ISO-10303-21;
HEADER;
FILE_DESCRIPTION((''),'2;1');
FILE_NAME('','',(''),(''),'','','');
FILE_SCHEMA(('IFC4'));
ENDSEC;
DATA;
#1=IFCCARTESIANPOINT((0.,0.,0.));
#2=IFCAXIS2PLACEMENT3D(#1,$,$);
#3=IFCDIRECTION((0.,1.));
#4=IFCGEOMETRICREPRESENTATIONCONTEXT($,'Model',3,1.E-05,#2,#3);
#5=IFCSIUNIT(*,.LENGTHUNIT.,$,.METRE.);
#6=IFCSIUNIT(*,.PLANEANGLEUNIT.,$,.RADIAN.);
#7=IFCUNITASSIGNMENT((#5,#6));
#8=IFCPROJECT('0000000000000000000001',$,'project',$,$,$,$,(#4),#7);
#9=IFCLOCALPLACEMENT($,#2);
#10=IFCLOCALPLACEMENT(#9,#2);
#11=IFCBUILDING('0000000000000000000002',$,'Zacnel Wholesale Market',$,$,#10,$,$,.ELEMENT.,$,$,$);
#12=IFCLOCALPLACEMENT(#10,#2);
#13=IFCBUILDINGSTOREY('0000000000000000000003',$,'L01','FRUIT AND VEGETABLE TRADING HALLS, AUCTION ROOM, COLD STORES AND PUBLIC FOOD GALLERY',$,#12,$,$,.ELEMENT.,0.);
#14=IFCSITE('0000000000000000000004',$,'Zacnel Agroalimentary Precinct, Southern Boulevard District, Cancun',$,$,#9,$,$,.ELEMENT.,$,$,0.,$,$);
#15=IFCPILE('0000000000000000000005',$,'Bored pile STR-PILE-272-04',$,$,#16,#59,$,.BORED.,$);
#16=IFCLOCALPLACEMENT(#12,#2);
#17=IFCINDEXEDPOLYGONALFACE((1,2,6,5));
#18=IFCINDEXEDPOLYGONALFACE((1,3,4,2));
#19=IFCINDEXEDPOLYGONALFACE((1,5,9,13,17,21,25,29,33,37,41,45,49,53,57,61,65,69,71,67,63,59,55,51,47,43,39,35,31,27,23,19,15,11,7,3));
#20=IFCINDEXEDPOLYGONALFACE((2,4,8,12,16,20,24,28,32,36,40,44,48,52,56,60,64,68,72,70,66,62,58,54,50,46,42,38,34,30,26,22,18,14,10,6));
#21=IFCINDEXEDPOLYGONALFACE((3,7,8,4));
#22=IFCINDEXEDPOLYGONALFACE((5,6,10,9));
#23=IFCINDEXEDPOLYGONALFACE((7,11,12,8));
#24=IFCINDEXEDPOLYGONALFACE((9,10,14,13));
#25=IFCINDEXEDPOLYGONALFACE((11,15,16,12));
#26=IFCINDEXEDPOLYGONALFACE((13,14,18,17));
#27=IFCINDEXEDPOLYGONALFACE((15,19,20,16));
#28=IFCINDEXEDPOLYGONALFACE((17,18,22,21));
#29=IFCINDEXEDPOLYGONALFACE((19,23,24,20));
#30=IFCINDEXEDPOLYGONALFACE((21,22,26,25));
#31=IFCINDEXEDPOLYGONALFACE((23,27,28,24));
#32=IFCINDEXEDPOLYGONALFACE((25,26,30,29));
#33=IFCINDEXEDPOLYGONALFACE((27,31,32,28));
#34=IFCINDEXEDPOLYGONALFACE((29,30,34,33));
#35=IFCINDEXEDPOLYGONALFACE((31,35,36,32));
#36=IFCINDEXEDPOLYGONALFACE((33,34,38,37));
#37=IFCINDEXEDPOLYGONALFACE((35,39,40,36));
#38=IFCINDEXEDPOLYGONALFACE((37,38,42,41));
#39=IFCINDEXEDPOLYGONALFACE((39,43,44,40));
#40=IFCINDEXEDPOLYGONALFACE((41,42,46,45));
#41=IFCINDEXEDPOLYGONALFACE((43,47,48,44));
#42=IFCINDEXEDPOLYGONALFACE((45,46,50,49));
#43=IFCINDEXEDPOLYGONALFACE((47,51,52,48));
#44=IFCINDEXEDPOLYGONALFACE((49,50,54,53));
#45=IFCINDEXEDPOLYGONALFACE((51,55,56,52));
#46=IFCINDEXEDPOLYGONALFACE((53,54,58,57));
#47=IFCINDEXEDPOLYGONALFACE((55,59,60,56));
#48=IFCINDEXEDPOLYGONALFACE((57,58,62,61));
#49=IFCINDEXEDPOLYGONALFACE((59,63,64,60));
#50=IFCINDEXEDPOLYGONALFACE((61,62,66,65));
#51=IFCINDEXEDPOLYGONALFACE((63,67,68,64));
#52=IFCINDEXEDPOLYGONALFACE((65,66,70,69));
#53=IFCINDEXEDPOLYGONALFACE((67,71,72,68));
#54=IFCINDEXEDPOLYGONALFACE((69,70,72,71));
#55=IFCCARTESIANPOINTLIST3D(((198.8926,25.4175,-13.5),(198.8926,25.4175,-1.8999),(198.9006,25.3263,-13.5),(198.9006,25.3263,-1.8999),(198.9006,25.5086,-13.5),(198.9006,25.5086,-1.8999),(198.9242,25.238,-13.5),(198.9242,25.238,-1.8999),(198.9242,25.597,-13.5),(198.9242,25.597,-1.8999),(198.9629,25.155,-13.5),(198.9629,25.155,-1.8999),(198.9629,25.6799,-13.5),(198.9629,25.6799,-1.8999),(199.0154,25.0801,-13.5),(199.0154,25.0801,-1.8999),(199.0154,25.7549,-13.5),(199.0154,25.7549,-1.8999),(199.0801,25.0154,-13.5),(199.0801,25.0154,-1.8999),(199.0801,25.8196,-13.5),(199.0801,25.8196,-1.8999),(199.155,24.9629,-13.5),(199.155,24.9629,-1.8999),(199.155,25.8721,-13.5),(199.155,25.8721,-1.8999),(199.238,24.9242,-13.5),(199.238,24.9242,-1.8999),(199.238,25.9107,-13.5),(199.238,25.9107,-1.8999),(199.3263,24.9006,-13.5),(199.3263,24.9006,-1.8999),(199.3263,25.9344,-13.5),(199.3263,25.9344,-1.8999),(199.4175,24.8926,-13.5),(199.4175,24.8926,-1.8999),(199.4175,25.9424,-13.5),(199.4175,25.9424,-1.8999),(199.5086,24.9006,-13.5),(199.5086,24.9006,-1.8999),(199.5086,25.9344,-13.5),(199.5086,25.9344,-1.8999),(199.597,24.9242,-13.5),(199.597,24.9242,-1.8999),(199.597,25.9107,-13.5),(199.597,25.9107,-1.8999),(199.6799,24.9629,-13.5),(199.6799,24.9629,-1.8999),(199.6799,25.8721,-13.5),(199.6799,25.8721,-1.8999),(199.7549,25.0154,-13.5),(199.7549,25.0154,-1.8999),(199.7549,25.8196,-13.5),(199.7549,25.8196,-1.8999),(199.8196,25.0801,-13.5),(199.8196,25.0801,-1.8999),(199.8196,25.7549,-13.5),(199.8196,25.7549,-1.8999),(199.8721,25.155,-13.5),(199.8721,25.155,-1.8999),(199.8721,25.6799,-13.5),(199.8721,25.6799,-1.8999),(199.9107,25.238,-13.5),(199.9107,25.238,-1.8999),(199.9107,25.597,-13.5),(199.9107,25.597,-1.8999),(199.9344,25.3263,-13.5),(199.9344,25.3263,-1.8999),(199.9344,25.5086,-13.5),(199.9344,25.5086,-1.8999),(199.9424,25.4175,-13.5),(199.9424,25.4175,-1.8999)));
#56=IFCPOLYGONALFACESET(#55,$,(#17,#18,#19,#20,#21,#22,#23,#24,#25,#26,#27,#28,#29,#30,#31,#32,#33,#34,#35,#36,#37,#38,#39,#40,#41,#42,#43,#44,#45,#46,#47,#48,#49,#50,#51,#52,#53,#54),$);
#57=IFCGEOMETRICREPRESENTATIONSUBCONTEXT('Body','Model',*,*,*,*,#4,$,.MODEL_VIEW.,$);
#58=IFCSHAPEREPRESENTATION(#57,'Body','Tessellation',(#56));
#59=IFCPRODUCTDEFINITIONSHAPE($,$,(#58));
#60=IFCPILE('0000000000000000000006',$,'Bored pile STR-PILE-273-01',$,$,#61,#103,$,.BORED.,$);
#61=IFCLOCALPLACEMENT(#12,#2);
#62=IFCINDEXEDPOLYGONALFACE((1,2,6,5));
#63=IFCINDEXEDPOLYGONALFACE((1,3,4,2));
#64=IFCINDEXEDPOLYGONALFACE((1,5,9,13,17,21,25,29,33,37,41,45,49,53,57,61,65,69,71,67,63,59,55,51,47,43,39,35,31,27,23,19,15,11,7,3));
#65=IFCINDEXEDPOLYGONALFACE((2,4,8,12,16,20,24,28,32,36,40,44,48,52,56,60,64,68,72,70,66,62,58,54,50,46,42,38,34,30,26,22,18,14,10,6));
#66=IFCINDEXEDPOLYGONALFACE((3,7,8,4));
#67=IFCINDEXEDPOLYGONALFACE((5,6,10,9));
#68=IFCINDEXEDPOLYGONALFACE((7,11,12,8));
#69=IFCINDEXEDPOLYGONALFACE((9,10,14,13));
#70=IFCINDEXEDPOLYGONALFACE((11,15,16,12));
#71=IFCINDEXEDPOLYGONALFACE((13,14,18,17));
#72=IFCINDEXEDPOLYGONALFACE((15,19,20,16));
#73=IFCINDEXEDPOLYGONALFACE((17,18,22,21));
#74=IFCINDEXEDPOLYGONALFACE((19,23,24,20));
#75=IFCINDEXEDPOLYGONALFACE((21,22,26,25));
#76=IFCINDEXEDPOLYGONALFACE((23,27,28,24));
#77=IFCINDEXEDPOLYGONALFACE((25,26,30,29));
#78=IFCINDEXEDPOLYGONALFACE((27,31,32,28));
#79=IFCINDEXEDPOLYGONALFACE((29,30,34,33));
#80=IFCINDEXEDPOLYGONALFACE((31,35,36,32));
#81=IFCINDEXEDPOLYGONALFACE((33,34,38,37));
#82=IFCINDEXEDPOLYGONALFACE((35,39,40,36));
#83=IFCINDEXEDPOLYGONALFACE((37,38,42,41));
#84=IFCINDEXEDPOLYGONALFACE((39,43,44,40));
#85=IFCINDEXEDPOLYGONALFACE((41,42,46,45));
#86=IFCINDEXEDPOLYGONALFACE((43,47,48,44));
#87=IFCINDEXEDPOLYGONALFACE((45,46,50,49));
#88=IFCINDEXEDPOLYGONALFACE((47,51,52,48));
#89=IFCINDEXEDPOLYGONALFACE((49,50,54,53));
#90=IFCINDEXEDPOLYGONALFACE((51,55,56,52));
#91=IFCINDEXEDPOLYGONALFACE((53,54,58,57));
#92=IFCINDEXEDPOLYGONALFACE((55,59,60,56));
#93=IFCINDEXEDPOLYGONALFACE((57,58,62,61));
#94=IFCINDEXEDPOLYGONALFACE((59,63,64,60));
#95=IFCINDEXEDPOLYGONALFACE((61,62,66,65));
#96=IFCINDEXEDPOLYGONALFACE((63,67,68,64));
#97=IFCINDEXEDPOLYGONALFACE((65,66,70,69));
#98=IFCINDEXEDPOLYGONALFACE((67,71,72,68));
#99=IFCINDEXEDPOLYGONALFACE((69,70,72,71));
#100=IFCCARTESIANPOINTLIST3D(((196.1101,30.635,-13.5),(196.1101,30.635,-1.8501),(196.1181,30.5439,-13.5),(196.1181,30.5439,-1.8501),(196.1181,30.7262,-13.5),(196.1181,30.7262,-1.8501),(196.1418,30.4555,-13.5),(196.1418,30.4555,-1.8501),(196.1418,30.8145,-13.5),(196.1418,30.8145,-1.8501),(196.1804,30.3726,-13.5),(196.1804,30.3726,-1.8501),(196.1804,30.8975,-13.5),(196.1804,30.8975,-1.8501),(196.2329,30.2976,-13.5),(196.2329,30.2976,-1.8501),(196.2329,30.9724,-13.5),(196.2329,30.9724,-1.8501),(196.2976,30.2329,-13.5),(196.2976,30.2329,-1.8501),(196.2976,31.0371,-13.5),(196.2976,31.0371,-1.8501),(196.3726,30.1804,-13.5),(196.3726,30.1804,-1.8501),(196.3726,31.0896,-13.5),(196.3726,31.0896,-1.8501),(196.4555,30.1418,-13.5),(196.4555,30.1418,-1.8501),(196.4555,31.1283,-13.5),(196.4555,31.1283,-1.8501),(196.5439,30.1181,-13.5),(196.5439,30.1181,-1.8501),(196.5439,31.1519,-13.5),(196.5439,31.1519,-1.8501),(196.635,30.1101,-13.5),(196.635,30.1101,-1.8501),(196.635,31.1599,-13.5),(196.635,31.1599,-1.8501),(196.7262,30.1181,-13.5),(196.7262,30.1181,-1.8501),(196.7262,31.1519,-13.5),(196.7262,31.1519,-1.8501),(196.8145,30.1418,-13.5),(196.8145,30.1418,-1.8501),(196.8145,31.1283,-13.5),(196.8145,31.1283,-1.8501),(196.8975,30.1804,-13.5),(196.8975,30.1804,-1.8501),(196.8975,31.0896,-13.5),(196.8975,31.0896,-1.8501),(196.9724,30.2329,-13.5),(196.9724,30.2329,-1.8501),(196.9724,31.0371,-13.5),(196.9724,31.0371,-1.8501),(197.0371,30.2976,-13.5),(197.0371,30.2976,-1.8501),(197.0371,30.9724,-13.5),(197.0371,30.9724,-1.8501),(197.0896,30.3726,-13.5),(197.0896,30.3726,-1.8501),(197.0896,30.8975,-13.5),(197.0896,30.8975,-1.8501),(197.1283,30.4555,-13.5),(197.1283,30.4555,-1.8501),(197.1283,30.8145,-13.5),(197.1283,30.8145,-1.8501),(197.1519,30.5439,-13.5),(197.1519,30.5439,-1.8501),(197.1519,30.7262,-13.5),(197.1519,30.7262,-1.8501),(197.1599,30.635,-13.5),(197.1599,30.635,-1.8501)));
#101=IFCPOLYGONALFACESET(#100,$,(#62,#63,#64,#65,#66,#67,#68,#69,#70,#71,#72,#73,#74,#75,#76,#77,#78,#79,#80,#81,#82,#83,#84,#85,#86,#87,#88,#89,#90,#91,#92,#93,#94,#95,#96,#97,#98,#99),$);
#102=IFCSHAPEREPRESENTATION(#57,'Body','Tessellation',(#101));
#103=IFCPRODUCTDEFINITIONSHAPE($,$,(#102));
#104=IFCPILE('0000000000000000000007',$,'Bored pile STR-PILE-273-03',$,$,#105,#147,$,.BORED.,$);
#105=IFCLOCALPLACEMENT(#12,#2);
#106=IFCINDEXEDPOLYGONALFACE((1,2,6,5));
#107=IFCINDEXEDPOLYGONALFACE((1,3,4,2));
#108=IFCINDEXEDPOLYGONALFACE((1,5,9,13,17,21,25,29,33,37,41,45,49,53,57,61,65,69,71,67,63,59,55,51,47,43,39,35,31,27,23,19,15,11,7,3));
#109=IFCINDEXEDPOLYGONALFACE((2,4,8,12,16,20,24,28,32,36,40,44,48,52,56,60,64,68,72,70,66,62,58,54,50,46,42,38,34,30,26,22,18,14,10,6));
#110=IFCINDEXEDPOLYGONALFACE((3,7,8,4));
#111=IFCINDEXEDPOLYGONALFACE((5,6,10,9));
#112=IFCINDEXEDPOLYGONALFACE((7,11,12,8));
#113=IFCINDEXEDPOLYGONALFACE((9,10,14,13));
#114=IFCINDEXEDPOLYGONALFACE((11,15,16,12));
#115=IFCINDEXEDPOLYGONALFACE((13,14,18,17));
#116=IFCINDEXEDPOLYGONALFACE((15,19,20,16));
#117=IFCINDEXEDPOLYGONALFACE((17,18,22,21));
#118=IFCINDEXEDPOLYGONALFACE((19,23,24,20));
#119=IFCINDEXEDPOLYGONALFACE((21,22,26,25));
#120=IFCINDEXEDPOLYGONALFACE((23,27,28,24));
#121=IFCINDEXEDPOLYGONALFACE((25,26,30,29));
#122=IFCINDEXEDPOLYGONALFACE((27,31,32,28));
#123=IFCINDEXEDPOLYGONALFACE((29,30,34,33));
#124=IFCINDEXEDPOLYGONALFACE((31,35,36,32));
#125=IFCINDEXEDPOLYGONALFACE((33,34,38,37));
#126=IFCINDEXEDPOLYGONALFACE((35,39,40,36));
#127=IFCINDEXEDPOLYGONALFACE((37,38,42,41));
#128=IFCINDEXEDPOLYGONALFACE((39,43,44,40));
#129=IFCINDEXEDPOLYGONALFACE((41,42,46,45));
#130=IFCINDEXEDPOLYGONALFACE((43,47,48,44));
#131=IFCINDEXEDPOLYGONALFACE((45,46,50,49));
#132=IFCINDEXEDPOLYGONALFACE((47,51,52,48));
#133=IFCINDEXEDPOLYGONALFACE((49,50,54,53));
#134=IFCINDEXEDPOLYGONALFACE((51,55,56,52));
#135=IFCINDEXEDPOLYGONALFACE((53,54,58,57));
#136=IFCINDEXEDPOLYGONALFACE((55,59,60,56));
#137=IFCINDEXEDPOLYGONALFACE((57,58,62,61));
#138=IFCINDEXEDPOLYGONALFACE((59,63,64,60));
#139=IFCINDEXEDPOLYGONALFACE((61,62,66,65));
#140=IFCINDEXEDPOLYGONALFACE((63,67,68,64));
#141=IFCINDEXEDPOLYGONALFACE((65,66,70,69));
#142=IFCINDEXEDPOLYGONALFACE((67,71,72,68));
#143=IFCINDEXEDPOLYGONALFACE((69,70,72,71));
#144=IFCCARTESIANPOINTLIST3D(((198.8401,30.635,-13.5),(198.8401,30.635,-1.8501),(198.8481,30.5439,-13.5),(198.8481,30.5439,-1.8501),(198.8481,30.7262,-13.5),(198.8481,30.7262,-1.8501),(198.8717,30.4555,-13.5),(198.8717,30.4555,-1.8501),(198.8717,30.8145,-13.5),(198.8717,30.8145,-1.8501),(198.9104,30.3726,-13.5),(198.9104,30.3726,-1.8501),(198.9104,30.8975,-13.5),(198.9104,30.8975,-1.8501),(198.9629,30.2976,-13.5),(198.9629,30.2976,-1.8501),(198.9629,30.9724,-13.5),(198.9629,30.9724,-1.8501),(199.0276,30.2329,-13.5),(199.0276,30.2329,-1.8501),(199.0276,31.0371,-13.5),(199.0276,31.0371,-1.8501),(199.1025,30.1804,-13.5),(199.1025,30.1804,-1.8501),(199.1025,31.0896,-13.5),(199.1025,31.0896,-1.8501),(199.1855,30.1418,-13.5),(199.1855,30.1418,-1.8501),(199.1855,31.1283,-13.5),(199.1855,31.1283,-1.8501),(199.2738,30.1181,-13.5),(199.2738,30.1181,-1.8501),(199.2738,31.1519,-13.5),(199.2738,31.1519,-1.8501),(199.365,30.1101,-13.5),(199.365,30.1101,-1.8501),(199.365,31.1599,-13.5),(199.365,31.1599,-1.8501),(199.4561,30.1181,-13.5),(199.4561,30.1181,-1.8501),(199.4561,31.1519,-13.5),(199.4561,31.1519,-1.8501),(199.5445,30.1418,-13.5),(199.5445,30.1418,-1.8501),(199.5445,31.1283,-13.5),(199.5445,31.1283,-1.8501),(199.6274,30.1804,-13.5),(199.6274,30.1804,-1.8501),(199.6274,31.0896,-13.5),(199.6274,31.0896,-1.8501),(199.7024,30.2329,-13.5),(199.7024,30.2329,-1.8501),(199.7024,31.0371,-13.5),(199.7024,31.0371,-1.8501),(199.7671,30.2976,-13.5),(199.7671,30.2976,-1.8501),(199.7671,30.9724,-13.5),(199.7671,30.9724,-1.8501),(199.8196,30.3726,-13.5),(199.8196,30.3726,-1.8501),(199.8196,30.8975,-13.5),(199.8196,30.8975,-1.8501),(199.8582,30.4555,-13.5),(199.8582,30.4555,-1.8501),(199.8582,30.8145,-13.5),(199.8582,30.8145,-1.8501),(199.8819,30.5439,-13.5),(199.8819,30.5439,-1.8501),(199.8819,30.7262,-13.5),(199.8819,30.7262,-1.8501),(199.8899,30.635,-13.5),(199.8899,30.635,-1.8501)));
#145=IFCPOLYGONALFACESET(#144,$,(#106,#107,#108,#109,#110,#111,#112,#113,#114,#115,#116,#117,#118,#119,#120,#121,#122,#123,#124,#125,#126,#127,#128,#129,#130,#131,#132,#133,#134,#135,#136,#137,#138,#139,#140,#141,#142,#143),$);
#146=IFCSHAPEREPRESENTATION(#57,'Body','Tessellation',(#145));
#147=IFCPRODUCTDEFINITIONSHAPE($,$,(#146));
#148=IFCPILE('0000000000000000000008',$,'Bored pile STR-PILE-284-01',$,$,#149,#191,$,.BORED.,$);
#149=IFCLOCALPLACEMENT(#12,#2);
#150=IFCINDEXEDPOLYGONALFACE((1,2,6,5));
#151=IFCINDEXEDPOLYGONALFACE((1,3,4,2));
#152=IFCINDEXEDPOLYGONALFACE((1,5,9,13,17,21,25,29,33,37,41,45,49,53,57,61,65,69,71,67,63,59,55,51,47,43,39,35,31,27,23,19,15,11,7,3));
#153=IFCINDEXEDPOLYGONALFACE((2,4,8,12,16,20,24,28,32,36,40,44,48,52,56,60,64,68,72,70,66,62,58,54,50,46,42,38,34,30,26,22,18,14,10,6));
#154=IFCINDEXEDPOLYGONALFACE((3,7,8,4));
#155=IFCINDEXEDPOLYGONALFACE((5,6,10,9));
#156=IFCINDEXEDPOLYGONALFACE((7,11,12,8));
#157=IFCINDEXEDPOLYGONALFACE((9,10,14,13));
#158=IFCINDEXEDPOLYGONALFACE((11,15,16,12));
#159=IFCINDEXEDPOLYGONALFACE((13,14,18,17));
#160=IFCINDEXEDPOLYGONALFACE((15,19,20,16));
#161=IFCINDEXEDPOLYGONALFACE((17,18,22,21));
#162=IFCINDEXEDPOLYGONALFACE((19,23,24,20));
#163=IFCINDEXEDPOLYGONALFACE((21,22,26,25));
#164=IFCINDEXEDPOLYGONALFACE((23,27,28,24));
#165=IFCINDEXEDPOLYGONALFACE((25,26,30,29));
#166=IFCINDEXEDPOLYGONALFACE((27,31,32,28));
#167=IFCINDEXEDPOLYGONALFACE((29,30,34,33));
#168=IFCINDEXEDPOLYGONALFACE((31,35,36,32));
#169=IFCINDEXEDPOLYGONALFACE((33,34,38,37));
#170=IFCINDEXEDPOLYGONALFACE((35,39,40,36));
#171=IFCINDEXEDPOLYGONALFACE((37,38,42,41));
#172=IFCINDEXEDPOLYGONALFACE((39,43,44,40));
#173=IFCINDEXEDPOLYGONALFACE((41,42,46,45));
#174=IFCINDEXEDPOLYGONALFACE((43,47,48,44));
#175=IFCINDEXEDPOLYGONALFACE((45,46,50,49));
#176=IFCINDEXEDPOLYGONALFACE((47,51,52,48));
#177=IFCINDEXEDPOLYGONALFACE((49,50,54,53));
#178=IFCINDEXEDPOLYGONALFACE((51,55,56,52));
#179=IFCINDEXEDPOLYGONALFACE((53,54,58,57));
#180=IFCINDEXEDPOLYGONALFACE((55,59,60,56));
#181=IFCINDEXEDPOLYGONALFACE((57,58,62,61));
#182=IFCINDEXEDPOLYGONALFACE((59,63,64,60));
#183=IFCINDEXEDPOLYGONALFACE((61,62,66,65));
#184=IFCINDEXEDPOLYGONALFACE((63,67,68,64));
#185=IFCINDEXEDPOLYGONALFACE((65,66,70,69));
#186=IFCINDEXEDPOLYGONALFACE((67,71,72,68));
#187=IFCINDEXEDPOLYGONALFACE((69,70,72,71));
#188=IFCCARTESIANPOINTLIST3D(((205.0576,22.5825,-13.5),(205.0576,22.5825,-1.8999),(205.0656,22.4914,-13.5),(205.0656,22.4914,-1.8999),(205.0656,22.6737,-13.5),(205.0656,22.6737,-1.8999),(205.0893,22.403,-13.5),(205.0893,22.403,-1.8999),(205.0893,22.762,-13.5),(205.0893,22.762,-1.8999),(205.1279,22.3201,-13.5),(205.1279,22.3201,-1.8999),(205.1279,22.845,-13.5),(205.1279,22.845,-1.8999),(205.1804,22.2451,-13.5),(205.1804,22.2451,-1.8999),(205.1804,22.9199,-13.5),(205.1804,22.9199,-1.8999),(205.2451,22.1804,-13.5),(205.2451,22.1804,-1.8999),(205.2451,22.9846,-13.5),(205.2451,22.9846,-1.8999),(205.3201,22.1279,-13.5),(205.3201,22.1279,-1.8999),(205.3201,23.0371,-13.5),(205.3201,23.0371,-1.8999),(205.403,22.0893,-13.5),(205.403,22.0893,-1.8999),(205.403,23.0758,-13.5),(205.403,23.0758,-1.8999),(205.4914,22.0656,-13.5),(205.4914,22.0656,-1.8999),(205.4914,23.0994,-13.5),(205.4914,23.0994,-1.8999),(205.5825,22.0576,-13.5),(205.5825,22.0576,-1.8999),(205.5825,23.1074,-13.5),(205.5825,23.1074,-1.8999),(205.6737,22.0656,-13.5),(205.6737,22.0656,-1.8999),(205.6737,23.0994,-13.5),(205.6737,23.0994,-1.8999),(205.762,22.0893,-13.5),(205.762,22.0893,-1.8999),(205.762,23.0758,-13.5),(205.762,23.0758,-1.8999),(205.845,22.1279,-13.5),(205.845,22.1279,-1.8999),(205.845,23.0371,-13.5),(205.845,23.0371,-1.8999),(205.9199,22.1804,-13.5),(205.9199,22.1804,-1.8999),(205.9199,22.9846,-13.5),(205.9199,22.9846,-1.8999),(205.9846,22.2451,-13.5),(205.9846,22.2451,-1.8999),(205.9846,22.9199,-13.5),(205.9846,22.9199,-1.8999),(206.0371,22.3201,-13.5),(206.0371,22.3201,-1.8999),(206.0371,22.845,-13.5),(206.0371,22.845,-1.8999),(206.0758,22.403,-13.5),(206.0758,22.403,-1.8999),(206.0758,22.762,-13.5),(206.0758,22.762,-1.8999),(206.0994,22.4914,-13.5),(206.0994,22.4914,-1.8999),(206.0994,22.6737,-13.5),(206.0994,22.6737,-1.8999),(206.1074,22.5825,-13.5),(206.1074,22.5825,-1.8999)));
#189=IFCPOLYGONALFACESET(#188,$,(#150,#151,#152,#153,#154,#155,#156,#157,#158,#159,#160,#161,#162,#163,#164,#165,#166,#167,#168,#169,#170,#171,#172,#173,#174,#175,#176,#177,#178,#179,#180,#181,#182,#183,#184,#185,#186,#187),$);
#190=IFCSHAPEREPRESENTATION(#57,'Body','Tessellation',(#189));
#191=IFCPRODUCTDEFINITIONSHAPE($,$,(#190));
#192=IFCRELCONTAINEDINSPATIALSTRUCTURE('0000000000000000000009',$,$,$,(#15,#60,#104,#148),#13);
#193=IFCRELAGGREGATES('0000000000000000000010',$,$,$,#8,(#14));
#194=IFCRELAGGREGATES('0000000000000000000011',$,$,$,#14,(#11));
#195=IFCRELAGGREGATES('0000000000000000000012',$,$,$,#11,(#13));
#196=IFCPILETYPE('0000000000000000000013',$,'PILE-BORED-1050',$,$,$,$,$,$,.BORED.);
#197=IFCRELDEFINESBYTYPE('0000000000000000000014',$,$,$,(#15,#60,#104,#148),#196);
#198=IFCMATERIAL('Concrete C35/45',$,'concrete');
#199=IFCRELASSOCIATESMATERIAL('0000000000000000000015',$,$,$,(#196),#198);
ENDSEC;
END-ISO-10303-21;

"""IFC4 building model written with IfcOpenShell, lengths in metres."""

from ifc_helpers import new_model, si_unit, direction, frame, origin, origin_2d, place, context, subcontext, project, spatial, circle, extrude, material, material_profile, profile_set, type_object, element, save


model = new_model("IFC4")

# Units and contexts
model_context = context("Model", 3, precision=1e-05, world=origin(), true_north=direction((0.0, 1.0)))
body_context = subcontext(model_context, "Body", "Model", "MODEL_VIEW")
ifc_project = project(units=[si_unit("LENGTHUNIT", "METRE"), si_unit("PLANEANGLEUNIT", "RADIAN")], contexts=[model_context])

# Site, building, storey
site_placement = place(None, origin())
site = spatial("IfcSite", under=ifc_project, at=site_placement, Name="Zacnel Agroalimentary Precinct, Southern Boulevard District, Cancun", CompositionType="ELEMENT", RefElevation=0.0)
building_placement = place(site_placement, origin())
building = spatial("IfcBuilding", under=site, at=building_placement, Name="Zacnel Wholesale Market", CompositionType="ELEMENT")
storey_placement = place(building_placement, origin())
storey = spatial("IfcBuildingStorey", under=building, at=storey_placement, Name="L01", Description="FRUIT AND VEGETABLE TRADING HALLS, AUCTION ROOM, COLD STORES AND PUBLIC FOOD GALLERY", CompositionType="ELEMENT", Elevation=0.0)

# Piles
ifc_material_1 = material(Name="Concrete C35/45", Category="concrete")
ifc_material_profile_1 = material_profile(ifc_material_1, circle(Radius=0.5249, at=origin_2d()), Name="BORED PILE D1050")
ifc_profile_set_1 = profile_set([ifc_material_profile_1], Name="Concrete C35/45")
pile_type = type_object("IfcPileType", Name="PILE-BORED-1050", PredefinedType="BORED", material=ifc_profile_set_1)
for number, where, z_axis, x_axis, name in (
    (1, (199.4175, 25.4175, -1.8999), (0.0, 0.0, -1.0), (1.0, 0.0, 0.0), "Bored pile STR-PILE-272-04"),
):
    element("IfcPile", number, at=place(storey_placement, frame(where, z_axis=z_axis, x_axis=x_axis)), inside=storey, type_object=pile_type, Name=name, PredefinedType="BORED", context=body_context, shape_type="SweptSolid", body=[
        extrude(circle(Radius=0.5249, at=origin_2d()), origin(), (0.0, 0.0, 1.0), 11.6001),
    ])
for number, where, z_axis, x_axis, name in (
    (2, (196.635, 30.635, -1.8501), (0.0, 0.0, -1.0), (1.0, 0.0, 0.0), "Bored pile STR-PILE-273-01"),
    (3, (199.365, 30.635, -1.8501), (0.0, 0.0, -1.0), (1.0, 0.0, 0.0), "Bored pile STR-PILE-273-03"),
):
    element("IfcPile", number, at=place(storey_placement, frame(where, z_axis=z_axis, x_axis=x_axis)), inside=storey, type_object=pile_type, Name=name, PredefinedType="BORED", context=body_context, shape_type="SweptSolid", body=[
        extrude(circle(Radius=0.5249, at=origin_2d()), origin(), (0.0, 0.0, 1.0), 11.6499),
    ])
for number, where, z_axis, x_axis, name in (
    (4, (205.5825, 22.5825, -1.8999), (0.0, 0.0, -1.0), (1.0, 0.0, 0.0), "Bored pile STR-PILE-284-01"),
):
    element("IfcPile", number, at=place(storey_placement, frame(where, z_axis=z_axis, x_axis=x_axis)), inside=storey, type_object=pile_type, Name=name, PredefinedType="BORED", context=body_context, shape_type="SweptSolid", body=[
        extrude(circle(Radius=0.5249, at=origin_2d()), origin(), (0.0, 0.0, 1.0), 11.6001),
    ])

save(model, "model.ifc")
